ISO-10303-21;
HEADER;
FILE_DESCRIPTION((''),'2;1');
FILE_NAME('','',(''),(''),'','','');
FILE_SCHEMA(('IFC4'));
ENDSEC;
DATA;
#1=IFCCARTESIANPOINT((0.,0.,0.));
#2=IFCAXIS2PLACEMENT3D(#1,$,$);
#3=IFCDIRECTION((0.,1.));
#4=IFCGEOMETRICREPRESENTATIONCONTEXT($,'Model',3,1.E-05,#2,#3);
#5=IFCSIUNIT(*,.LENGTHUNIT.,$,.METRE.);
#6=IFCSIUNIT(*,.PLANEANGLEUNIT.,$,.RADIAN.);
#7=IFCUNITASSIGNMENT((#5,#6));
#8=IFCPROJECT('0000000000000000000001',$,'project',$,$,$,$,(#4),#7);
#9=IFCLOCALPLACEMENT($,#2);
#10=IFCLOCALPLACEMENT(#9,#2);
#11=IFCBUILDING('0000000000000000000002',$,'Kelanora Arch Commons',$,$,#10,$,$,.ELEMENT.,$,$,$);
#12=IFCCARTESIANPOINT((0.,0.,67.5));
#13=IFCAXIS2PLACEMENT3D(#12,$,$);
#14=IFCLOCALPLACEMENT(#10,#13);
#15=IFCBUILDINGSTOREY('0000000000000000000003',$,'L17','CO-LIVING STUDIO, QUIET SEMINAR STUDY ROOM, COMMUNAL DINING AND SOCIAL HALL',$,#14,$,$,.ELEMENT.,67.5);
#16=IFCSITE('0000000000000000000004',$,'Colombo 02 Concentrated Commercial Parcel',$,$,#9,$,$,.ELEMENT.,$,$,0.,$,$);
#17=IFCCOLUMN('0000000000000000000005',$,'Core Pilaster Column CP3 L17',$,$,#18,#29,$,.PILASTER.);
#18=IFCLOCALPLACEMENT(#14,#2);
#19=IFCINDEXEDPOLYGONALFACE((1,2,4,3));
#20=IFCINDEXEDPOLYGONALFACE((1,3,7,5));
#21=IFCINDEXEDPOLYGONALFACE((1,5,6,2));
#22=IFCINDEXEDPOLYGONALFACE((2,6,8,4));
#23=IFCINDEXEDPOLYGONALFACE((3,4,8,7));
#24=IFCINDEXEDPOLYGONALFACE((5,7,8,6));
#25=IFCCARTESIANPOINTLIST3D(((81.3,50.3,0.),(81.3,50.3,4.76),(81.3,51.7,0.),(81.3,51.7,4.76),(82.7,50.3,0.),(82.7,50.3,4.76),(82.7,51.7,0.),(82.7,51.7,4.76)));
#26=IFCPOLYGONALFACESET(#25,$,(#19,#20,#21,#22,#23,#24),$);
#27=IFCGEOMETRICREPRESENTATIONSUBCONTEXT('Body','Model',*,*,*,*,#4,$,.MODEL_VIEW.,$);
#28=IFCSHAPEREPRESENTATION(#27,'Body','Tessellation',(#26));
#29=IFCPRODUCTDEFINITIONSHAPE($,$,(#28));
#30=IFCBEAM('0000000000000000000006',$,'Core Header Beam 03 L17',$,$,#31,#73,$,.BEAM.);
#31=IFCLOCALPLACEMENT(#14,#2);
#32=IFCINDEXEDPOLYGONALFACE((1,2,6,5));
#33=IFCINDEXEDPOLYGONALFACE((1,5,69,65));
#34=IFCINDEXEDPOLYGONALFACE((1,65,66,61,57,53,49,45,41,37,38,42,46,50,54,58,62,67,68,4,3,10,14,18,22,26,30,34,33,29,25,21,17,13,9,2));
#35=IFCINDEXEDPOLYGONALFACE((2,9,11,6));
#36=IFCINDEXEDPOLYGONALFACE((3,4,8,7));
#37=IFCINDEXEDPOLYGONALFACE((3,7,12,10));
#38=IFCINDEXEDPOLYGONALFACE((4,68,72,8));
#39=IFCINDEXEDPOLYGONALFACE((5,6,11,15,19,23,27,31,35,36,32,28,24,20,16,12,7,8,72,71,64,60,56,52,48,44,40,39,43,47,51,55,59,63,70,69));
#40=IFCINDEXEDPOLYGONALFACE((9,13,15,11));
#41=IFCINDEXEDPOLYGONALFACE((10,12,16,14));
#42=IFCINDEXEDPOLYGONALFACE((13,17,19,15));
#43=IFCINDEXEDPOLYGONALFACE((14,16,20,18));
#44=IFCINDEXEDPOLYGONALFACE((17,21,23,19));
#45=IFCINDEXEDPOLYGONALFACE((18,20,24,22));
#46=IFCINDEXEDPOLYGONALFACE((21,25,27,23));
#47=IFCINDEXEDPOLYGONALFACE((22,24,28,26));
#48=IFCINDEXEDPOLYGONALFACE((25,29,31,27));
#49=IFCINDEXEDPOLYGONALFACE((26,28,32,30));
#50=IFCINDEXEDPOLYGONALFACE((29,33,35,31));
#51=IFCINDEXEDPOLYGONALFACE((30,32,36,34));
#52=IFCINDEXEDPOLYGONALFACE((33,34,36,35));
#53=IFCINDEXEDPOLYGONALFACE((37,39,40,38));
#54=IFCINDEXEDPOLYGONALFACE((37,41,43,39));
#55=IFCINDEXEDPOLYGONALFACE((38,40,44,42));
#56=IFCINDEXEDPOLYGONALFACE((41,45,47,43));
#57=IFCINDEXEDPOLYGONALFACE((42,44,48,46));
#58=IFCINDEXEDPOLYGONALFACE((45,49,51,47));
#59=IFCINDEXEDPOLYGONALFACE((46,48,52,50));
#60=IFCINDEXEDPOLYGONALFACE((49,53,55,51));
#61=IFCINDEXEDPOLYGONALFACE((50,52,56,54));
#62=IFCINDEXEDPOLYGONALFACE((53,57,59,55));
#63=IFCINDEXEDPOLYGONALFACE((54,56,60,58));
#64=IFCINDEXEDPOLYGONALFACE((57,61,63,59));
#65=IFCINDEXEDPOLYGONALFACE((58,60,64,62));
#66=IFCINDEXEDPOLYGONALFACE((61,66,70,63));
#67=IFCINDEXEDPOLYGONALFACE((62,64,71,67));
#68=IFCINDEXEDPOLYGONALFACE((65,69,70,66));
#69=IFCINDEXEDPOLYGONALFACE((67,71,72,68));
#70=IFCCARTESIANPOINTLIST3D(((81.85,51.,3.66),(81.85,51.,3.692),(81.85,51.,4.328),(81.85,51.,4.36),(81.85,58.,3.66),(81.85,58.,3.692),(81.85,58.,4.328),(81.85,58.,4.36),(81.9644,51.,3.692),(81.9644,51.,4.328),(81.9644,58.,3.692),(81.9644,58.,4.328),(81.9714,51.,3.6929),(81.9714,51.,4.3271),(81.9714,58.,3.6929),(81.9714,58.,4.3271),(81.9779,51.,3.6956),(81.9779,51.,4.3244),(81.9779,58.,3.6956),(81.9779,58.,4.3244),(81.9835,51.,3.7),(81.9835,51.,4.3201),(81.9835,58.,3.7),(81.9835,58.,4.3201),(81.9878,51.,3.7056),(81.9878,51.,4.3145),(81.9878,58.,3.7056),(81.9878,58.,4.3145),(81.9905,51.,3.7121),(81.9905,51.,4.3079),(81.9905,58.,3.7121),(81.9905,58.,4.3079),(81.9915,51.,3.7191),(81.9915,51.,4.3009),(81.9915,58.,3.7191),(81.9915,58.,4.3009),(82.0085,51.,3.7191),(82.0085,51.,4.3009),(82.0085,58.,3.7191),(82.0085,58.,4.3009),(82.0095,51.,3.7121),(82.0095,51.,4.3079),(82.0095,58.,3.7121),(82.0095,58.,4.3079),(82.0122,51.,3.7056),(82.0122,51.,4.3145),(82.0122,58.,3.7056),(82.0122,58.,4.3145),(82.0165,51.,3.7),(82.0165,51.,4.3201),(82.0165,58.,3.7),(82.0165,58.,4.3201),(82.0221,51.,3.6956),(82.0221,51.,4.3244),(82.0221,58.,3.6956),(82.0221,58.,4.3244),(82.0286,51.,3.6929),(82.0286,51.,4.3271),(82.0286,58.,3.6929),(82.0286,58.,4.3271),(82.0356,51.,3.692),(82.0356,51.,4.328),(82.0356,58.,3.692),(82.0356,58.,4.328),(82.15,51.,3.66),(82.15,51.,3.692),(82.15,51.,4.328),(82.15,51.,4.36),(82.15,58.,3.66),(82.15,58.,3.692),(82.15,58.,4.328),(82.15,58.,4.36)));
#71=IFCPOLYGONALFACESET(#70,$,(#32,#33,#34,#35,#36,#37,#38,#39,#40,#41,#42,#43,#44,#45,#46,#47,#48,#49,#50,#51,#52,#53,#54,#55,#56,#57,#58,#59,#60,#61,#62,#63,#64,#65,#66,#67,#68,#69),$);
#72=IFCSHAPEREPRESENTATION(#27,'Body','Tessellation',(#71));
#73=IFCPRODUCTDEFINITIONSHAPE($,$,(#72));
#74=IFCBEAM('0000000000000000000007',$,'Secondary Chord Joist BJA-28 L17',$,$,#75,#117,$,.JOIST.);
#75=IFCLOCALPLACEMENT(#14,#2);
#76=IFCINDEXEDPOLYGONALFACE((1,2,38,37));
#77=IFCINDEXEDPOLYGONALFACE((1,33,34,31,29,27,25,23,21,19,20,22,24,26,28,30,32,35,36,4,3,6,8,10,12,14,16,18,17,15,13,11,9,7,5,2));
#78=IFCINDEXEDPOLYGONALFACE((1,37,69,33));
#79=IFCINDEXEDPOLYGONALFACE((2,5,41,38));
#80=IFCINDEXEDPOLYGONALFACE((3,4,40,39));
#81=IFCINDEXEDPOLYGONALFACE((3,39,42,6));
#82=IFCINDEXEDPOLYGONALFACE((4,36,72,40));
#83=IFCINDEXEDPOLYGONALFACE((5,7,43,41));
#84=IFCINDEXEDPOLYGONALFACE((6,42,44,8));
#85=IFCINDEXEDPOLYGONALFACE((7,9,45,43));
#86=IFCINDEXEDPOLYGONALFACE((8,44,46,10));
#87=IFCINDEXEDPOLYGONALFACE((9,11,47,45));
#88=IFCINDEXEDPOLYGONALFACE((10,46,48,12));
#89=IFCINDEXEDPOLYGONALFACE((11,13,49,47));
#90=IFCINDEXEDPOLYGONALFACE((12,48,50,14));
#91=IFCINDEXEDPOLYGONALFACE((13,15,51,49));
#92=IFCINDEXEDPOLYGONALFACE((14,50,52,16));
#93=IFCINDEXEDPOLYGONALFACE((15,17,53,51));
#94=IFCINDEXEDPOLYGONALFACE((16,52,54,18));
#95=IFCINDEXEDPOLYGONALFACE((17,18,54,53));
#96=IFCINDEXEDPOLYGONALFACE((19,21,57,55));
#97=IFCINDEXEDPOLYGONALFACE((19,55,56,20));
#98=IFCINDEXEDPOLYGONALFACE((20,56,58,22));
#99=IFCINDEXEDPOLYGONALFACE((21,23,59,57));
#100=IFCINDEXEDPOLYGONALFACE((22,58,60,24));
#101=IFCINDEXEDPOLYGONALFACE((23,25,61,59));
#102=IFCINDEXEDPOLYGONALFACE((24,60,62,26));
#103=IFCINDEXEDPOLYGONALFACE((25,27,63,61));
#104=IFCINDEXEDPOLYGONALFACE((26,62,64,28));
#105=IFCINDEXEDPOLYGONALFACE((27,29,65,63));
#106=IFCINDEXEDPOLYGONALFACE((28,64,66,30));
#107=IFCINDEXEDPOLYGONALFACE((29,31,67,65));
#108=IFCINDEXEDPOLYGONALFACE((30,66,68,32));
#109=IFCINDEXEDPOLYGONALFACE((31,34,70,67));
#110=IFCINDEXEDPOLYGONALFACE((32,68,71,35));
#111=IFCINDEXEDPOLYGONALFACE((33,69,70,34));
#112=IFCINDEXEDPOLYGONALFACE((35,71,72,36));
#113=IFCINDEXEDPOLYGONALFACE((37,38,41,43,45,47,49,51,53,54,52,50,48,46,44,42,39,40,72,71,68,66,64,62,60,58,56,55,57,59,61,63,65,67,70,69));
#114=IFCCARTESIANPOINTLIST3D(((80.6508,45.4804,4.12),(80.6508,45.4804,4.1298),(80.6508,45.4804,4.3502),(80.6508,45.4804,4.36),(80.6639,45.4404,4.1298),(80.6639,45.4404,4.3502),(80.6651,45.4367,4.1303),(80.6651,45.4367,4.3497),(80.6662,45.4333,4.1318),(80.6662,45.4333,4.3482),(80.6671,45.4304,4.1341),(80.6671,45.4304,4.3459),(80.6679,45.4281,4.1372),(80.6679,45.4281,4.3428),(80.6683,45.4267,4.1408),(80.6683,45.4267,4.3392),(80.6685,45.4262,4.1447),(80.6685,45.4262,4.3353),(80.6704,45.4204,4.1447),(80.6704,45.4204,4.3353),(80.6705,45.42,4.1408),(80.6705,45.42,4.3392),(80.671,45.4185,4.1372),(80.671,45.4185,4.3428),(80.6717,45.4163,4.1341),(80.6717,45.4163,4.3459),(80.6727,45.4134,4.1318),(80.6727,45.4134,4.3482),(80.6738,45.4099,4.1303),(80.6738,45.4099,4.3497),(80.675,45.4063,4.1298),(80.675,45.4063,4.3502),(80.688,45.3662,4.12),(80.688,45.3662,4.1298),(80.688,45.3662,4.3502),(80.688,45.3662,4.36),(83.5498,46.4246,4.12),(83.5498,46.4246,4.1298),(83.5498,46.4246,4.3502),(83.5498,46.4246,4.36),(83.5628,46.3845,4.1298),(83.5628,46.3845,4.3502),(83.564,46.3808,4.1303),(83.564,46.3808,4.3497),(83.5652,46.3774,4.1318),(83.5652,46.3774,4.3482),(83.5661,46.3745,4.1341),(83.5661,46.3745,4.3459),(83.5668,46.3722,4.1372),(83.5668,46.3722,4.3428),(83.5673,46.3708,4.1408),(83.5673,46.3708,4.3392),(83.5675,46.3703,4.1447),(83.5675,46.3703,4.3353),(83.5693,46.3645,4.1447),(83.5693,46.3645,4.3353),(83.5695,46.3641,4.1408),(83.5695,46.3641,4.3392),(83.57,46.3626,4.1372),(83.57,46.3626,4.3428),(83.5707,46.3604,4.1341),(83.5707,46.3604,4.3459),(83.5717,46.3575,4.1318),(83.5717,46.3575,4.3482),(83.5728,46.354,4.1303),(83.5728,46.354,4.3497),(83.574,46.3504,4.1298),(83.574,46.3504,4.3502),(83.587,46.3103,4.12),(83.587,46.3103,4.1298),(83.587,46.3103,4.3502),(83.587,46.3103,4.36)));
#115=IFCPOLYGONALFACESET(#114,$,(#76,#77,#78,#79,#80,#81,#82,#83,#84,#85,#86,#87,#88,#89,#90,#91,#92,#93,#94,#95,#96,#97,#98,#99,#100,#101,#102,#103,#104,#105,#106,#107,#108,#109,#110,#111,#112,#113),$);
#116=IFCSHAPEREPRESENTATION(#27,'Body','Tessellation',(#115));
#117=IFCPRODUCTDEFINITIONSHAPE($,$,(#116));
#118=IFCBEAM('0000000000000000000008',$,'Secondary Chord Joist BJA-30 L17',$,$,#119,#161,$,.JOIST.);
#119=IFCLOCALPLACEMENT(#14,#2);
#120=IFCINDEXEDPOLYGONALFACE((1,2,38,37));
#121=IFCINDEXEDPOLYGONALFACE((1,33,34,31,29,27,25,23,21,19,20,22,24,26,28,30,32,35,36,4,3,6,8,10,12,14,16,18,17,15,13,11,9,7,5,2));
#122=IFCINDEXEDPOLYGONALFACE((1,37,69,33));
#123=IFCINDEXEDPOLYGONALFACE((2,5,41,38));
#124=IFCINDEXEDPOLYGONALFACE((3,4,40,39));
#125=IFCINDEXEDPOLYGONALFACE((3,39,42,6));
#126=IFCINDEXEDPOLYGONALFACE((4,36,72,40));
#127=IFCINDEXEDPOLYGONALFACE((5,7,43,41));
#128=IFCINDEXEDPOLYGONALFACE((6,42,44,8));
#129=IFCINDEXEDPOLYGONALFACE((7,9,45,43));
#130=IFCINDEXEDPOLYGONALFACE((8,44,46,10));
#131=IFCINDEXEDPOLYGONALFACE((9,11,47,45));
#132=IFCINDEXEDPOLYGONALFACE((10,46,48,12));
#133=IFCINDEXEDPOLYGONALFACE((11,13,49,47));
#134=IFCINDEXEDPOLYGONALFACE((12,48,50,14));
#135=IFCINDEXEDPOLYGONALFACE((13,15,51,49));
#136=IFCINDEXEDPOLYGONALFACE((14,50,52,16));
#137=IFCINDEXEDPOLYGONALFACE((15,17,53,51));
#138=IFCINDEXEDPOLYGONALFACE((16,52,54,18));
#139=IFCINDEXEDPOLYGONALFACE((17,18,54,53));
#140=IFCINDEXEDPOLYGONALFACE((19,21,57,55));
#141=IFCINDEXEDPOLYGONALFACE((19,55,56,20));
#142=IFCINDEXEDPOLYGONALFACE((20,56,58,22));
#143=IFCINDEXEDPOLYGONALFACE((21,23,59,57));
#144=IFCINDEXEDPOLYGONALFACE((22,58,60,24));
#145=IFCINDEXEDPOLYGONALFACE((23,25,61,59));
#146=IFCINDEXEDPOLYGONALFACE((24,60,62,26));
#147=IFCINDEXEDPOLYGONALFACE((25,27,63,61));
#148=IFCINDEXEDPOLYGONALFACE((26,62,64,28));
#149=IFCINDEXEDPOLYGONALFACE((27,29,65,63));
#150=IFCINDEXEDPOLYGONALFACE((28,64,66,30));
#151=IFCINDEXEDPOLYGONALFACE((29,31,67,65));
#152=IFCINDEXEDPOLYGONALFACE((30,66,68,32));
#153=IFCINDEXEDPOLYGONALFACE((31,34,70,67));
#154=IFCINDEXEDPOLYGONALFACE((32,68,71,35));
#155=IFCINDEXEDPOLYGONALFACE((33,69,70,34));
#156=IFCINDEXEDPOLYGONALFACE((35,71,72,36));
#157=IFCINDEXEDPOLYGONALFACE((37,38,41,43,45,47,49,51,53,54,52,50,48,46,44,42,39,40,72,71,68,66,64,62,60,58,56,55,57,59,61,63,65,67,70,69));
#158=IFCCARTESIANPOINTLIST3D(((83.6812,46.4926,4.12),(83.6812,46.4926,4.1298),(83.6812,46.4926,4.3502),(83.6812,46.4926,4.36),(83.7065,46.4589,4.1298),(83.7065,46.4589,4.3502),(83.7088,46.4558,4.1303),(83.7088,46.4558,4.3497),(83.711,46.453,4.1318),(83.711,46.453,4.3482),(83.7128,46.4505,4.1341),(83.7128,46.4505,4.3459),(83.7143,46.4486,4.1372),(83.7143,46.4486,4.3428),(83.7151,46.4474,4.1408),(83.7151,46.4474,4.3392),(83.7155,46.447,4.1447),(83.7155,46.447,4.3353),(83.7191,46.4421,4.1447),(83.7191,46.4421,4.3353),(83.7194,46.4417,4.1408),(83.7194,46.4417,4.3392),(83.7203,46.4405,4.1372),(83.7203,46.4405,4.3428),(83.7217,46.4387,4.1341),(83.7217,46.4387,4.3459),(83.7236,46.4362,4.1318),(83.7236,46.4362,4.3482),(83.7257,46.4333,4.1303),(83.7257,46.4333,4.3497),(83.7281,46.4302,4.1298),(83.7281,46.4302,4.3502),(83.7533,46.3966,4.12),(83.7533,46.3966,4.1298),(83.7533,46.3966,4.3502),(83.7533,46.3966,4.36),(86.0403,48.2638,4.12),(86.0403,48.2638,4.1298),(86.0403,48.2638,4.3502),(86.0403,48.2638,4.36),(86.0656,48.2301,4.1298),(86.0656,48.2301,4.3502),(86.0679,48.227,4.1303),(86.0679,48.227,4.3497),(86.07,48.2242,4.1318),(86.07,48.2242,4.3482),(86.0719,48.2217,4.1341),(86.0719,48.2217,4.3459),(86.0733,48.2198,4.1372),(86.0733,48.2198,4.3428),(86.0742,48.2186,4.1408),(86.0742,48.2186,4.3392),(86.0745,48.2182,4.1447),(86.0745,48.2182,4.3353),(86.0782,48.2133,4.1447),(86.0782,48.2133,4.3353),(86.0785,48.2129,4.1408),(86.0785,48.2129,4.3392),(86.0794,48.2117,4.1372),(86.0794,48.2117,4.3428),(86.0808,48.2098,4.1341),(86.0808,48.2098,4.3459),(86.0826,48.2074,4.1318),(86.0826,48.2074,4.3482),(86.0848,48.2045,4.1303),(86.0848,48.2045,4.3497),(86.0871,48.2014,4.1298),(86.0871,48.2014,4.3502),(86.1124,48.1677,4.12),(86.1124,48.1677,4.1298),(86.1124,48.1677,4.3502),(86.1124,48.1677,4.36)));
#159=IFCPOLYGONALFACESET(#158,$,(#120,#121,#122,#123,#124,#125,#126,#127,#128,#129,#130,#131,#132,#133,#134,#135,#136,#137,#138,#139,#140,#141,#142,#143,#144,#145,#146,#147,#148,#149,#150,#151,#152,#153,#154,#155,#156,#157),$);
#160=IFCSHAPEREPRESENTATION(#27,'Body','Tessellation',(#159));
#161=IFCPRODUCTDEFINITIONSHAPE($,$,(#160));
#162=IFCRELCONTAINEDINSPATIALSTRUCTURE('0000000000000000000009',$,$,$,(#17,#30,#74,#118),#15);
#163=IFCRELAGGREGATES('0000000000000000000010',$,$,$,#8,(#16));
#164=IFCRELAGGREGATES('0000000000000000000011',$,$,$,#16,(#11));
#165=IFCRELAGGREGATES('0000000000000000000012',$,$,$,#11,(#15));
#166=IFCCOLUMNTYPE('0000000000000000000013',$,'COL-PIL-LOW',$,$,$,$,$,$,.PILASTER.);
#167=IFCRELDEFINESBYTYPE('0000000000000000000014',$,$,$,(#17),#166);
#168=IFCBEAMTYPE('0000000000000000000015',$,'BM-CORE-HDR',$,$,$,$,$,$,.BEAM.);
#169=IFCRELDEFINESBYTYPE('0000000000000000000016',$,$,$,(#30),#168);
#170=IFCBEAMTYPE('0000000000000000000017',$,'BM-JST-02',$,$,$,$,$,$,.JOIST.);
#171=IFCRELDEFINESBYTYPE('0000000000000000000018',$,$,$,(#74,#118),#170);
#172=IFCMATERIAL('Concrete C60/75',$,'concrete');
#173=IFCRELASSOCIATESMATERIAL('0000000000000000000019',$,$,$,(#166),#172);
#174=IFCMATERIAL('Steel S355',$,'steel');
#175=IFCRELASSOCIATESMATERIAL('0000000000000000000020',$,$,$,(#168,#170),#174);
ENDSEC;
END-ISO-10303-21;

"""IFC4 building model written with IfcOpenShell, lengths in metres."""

from ifc_helpers import new_model, si_unit, direction, frame, origin, origin_2d, place, context, subcontext, project, spatial, rectangle, i_section, extrude, material, material_profile, profile_set, type_object, element, save


model = new_model("IFC4")

# Units and contexts
model_context = context("Model", 3, precision=1e-05, world=origin(), true_north=direction((0.0, 1.0)))
body_context = subcontext(model_context, "Body", "Model", "MODEL_VIEW")
ifc_project = project(units=[si_unit("LENGTHUNIT", "METRE"), si_unit("PLANEANGLEUNIT", "RADIAN")], contexts=[model_context])

# Site, building, storey
site_placement = place(None, origin())
site = spatial("IfcSite", under=ifc_project, at=site_placement, Name="Colombo 02 Concentrated Commercial Parcel", CompositionType="ELEMENT", RefElevation=0.0)
building_placement = place(site_placement, origin())
building = spatial("IfcBuilding", under=site, at=building_placement, Name="Kelanora Arch Commons", CompositionType="ELEMENT")
storey_placement = place(building_placement, frame((0.0, 0.0, 67.5)))
storey = spatial("IfcBuildingStorey", under=building, at=storey_placement, Name="L17", Description="CO-LIVING STUDIO, QUIET SEMINAR STUDY ROOM, COMMUNAL DINING AND SOCIAL HALL", CompositionType="ELEMENT", Elevation=67.5)

# Column
ifc_material_1 = material(Name="Concrete C60/75", Category="concrete")
ifc_material_profile_1 = material_profile(ifc_material_1, rectangle(XDim=1.3999, YDim=1.3999, at=origin_2d()), Name="RC1400x1400")
ifc_profile_set_1 = profile_set([ifc_material_profile_1], Name="Concrete C60/75")
column_type = type_object("IfcColumnType", Name="COL-PIL-LOW", PredefinedType="PILASTER", material=ifc_profile_set_1)
column_placement = place(storey_placement, frame((82.0, 51.0, 0.0), z_axis=(0.0, 0.0, 1.0), x_axis=(1.0, 0.0, 0.0)))
element("IfcColumn", 1, at=column_placement, inside=storey, type_object=column_type, Name="Core Pilaster Column CP3 L17", PredefinedType="PILASTER", context=body_context, shape_type="SweptSolid", body=[
    extrude(rectangle(XDim=1.3999, YDim=1.3999, at=origin_2d()), origin(), (0.0, 0.0, 1.0), 4.76),
])

# Beams
ifc_material_2 = material(Name="Steel S355", Category="steel")
ifc_material_profile_2 = material_profile(ifc_material_2, i_section(OverallWidth=0.3, OverallDepth=0.7, WebThickness=0.0171, FlangeThickness=0.032, FilletRadius=0.0271, at=origin_2d()), Name="HEB700")
ifc_profile_set_2 = profile_set([ifc_material_profile_2], Name="Steel S355")
beam_type_1 = type_object("IfcBeamType", Name="BM-CORE-HDR", PredefinedType="BEAM", material=ifc_profile_set_2)
beam_1_placement = place(storey_placement, frame((82.0, 51.0, 4.01), z_axis=(0.0, 1.0, 0.0), x_axis=(-1.0, 0.0, 0.0)))
element("IfcBeam", 2, at=beam_1_placement, inside=storey, type_object=beam_type_1, Name="Core Header Beam 03 L17", PredefinedType="BEAM", context=body_context, shape_type="SweptSolid", body=[
    extrude(i_section(OverallWidth=0.3, OverallDepth=0.7, WebThickness=0.0171, FlangeThickness=0.032, FilletRadius=0.0271, at=origin_2d()), origin(), (0.0, 0.0, 1.0), 7.0),
])
ifc_material_profile_3 = material_profile(ifc_material_2, i_section(OverallWidth=0.1201, OverallDepth=0.24, WebThickness=0.0061, FlangeThickness=0.0098, FilletRadius=0.0149, at=origin_2d()), Name="IPE240")
ifc_profile_set_3 = profile_set([ifc_material_profile_3], Name="Steel S355")
beam_type_2 = type_object("IfcBeamType", Name="BM-JST-02", PredefinedType="JOIST", material=ifc_profile_set_3)
beam_2_placement = place(storey_placement, frame((80.6694, 45.4233, 4.24), z_axis=(0.950847, 0.309662, 0.0), x_axis=(-0.309662, 0.950847, 0.0)))
element("IfcBeam", 3, at=beam_2_placement, inside=storey, type_object=beam_type_2, Name="Secondary Chord Joist BJA-28 L17", PredefinedType="JOIST", context=body_context, shape_type="SweptSolid", body=[
    extrude(i_section(OverallWidth=0.1201, OverallDepth=0.24, WebThickness=0.0061, FlangeThickness=0.0098, FilletRadius=0.0149, at=origin_2d()), origin(), (0.0, 0.0, 1.0), 3.0488),
])
beam_3_placement = place(storey_placement, frame((83.7173, 46.4446, 4.24), z_axis=(0.799692, 0.60041, 0.0), x_axis=(-0.60041, 0.799692, 0.0)))
element("IfcBeam", 4, at=beam_3_placement, inside=storey, type_object=beam_type_2, Name="Secondary Chord Joist BJA-30 L17", PredefinedType="JOIST", context=body_context, shape_type="SweptSolid", body=[
    extrude(i_section(OverallWidth=0.1201, OverallDepth=0.24, WebThickness=0.0061, FlangeThickness=0.0098, FilletRadius=0.0149, at=origin_2d()), origin(), (0.0, 0.0, 1.0), 2.95),
])

save(model, "model.ifc")
